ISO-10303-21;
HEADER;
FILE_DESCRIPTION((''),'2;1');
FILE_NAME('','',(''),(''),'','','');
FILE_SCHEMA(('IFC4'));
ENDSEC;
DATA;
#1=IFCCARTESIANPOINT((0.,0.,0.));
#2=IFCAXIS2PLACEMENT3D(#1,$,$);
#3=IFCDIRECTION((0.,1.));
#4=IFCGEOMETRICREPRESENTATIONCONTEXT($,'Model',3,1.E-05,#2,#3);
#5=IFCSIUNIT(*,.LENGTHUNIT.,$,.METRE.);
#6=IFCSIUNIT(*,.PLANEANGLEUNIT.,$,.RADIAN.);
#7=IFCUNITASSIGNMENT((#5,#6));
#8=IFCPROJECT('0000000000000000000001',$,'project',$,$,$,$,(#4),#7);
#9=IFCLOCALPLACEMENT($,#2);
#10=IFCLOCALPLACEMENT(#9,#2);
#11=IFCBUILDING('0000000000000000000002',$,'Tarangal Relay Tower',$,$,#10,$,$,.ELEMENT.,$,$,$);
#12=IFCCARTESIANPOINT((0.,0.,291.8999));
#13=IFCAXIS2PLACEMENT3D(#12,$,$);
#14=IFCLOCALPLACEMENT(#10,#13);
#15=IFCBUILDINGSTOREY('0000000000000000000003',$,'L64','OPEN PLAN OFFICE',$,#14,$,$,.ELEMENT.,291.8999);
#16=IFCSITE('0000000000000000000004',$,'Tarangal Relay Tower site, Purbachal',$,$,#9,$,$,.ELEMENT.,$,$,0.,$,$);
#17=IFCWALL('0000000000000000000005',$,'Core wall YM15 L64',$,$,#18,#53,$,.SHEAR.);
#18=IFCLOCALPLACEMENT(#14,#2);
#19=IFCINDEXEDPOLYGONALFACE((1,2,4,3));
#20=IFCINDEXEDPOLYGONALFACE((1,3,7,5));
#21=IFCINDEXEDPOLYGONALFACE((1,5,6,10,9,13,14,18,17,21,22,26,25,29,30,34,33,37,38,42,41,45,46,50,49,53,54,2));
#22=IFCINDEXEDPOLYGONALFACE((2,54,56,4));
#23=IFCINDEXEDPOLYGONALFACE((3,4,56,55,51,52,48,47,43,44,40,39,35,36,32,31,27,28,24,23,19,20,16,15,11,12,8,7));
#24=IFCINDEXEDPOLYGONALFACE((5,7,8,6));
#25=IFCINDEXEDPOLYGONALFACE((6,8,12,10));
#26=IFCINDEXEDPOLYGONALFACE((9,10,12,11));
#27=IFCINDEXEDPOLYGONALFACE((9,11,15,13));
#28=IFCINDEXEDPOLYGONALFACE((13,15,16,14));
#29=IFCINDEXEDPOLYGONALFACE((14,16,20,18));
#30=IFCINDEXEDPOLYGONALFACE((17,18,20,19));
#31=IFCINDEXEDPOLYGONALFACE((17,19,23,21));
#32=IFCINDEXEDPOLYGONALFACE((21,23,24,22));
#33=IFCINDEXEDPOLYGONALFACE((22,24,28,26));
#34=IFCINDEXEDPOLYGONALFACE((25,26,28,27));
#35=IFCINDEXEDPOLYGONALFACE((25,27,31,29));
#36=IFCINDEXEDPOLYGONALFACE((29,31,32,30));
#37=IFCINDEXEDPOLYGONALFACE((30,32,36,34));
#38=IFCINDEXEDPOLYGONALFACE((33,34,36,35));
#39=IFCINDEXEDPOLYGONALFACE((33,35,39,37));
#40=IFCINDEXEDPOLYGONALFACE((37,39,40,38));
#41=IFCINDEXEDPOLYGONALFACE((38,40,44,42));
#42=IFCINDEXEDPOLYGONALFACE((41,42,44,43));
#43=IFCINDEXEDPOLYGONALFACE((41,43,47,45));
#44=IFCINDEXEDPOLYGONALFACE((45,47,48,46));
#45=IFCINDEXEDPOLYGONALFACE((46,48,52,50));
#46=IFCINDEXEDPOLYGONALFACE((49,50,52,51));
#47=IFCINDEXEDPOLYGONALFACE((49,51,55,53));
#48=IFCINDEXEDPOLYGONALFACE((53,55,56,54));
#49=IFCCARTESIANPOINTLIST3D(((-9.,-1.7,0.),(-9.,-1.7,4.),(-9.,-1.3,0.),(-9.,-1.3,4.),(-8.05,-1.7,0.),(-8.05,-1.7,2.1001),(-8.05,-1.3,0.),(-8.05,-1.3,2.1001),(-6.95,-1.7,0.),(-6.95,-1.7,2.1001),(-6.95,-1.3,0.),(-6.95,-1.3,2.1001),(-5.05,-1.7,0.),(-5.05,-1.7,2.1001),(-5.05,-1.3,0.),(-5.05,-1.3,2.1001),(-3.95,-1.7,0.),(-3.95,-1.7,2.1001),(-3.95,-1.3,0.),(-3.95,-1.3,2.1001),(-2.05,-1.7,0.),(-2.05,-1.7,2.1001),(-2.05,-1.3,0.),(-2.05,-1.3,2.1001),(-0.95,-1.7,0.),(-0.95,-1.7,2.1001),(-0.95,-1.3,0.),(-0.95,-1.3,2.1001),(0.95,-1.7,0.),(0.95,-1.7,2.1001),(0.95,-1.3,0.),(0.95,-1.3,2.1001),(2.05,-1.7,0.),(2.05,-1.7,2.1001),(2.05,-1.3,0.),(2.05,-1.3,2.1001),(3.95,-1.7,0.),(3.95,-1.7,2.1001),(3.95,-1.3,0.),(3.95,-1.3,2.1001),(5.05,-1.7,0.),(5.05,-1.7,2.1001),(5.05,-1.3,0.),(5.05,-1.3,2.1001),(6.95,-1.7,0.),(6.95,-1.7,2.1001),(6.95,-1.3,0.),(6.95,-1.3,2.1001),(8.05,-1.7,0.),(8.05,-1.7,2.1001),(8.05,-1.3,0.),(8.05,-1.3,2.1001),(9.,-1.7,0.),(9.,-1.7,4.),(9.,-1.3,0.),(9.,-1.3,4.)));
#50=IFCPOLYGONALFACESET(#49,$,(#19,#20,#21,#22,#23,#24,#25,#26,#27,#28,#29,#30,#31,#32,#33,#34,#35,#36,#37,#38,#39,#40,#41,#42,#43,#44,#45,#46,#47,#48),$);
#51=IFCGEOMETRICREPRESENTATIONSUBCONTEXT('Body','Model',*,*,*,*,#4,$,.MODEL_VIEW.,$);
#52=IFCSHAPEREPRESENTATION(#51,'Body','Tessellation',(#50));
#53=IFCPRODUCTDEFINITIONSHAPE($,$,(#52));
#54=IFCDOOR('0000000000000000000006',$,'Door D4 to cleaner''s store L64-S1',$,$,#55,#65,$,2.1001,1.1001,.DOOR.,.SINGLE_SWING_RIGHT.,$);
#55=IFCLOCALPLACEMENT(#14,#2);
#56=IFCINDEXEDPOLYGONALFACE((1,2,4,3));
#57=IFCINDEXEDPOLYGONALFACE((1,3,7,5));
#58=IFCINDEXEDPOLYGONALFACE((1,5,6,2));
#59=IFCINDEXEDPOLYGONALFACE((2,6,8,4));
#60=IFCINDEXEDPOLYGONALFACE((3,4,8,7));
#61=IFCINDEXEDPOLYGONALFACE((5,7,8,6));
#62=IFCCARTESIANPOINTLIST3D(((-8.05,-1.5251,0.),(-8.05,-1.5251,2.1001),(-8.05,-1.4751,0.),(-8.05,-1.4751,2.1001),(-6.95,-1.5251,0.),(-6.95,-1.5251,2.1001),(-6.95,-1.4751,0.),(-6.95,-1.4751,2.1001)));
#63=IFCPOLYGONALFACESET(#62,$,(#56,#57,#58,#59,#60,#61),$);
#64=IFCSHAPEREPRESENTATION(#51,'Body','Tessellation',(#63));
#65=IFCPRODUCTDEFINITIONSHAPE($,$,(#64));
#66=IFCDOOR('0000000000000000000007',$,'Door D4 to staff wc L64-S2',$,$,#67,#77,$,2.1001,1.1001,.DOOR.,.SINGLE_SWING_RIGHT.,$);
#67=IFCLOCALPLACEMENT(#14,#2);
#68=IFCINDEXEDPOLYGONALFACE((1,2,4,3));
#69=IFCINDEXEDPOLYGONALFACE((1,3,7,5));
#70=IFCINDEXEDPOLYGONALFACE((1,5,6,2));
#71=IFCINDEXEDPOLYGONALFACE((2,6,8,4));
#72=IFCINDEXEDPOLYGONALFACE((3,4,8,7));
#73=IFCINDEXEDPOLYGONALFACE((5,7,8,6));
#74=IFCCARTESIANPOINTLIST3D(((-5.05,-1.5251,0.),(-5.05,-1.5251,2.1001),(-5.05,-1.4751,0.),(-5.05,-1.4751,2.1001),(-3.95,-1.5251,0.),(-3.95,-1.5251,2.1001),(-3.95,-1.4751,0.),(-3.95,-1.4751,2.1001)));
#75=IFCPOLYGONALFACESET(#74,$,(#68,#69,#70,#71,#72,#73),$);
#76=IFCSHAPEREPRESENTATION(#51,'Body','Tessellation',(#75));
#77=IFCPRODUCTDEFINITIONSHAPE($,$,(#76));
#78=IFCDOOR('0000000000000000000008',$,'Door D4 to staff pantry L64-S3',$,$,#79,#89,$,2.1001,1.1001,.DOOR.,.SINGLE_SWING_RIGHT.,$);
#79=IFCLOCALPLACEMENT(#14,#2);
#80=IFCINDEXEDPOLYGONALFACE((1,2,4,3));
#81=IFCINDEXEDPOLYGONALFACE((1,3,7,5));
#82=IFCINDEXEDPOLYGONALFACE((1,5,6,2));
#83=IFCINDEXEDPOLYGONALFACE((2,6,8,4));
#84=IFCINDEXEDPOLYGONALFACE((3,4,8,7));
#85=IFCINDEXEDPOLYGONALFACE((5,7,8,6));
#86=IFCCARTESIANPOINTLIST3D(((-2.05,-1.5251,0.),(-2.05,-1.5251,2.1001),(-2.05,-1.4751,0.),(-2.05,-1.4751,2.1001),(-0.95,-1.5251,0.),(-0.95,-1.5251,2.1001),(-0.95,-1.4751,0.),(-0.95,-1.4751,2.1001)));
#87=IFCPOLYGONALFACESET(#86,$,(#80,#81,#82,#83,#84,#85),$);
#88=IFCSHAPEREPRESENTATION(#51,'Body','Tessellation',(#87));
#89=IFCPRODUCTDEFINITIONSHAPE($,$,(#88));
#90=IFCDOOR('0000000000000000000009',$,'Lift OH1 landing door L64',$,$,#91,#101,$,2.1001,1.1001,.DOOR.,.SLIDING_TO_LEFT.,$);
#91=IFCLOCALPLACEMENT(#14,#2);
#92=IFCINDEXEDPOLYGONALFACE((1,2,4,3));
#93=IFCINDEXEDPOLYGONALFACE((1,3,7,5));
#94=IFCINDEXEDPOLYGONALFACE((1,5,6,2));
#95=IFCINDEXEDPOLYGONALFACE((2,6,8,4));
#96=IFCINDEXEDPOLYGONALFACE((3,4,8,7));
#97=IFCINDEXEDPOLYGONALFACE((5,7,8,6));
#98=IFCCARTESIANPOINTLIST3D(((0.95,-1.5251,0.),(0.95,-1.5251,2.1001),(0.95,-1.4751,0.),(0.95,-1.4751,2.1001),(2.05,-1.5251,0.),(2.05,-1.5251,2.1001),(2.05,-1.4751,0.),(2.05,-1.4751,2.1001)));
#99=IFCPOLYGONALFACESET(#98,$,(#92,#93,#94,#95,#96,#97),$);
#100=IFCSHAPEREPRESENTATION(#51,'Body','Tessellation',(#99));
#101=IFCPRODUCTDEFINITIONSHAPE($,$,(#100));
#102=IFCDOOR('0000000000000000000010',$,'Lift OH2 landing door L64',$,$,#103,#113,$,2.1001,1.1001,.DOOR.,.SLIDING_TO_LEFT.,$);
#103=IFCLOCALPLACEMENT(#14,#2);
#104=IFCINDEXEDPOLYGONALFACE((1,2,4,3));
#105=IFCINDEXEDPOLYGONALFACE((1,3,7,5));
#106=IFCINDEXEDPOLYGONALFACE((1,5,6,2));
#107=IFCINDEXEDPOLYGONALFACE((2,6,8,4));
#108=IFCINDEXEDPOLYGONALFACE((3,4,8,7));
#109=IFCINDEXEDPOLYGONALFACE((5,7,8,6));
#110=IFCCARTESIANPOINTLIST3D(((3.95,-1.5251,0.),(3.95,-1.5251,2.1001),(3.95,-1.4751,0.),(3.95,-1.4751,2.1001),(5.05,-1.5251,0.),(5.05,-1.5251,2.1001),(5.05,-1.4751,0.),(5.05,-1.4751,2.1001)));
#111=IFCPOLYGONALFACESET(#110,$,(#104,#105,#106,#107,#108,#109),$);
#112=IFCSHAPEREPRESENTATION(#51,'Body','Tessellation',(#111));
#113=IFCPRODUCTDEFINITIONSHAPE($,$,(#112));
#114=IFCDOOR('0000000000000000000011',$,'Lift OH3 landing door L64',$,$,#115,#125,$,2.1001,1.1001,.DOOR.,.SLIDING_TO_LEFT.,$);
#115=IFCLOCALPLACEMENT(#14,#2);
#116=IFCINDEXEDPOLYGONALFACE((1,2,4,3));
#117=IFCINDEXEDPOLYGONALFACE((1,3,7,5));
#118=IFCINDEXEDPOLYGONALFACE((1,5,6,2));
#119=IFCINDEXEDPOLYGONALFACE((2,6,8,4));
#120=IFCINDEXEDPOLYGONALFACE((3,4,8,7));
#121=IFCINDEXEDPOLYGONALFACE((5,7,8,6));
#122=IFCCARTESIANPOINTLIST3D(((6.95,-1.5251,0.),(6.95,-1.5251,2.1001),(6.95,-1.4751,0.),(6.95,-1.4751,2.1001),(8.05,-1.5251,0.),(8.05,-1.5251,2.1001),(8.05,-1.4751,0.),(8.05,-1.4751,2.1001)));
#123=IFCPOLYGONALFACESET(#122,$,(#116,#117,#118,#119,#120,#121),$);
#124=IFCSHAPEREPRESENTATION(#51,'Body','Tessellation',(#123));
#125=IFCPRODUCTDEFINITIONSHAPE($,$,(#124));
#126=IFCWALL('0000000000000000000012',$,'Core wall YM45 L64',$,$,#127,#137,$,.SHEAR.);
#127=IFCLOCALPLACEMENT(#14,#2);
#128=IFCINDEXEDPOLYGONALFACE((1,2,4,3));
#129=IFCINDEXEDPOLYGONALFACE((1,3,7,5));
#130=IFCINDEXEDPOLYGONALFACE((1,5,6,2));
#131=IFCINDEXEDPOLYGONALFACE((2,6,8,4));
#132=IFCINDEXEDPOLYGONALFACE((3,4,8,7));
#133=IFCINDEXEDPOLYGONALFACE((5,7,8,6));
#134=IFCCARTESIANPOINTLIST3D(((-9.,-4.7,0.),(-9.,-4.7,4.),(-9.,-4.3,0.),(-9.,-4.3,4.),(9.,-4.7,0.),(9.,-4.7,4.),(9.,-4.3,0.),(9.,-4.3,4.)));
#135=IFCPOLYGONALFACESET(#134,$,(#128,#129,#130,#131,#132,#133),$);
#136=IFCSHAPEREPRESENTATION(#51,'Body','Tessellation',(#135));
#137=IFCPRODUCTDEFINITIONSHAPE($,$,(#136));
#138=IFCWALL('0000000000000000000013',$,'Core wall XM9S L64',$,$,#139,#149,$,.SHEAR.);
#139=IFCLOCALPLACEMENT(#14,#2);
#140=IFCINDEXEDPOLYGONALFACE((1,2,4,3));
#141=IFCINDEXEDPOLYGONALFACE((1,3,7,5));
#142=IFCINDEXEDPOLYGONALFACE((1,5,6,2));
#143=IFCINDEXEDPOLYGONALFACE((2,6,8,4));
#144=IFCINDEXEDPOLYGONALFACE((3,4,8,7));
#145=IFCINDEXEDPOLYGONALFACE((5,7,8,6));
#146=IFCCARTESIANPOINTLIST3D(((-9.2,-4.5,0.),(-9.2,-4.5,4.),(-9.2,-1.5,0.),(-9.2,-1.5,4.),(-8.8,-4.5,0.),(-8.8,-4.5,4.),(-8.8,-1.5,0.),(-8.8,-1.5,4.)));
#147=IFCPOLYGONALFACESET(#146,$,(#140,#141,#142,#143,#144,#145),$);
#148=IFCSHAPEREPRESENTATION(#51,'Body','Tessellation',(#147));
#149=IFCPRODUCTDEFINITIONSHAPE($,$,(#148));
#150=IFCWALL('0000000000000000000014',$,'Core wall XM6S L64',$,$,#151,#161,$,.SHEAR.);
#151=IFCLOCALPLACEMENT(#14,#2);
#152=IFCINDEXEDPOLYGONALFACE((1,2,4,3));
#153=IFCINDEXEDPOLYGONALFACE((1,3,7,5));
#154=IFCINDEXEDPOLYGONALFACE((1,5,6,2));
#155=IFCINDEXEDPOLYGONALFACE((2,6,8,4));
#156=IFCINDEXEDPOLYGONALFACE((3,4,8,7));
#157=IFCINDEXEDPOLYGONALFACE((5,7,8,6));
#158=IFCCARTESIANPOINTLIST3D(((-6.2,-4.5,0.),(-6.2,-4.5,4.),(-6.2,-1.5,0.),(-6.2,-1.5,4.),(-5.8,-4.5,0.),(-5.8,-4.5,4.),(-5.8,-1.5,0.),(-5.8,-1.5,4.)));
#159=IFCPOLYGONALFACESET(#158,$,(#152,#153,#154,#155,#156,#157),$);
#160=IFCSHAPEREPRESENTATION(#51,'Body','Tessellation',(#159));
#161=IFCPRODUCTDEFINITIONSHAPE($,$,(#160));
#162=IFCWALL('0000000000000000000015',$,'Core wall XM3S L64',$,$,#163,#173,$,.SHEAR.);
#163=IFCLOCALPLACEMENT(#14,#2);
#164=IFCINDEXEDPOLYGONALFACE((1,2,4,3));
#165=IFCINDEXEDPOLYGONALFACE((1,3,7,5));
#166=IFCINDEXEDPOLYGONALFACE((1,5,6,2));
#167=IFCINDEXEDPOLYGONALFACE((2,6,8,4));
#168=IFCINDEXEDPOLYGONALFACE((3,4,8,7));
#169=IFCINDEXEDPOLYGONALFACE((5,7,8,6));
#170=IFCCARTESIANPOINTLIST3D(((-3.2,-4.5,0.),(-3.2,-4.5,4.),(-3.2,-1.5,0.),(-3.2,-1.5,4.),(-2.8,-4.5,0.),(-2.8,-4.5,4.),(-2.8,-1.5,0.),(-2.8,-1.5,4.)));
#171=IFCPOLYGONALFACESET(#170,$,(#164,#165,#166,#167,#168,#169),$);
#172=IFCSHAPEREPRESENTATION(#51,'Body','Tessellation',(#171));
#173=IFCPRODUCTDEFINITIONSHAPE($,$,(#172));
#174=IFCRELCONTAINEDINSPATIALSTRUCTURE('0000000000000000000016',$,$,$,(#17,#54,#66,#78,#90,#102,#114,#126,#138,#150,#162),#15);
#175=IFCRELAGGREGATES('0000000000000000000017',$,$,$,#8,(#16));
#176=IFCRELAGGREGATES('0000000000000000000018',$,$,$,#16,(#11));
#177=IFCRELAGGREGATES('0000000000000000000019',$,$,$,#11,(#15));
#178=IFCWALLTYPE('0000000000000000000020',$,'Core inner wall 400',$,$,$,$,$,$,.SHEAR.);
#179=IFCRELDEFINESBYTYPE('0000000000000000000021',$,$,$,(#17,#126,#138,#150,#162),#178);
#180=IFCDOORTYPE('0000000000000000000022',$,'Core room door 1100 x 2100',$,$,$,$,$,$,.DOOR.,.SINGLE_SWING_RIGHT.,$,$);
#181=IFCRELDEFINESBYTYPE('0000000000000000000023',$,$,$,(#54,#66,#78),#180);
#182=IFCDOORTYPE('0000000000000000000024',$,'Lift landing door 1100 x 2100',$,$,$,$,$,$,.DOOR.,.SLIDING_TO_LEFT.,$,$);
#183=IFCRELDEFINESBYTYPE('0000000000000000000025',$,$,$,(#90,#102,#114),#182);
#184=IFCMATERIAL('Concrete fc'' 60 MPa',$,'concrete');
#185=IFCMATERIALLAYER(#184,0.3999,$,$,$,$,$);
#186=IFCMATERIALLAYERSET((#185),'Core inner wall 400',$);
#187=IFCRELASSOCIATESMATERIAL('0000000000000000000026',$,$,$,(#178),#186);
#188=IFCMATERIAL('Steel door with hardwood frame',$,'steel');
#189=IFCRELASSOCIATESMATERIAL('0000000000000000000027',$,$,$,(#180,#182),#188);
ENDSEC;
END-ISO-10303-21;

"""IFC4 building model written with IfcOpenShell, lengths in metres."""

from ifc_helpers import new_model, si_unit, direction, frame, frame_2d, origin, place, context, subcontext, project, spatial, rectangle, extrude, material, layer, layer_set, type_object, element, fill, save


model = new_model("IFC4")

# Units and contexts
model_context = context("Model", 3, precision=1e-05, world=origin(), true_north=direction((0.0, 1.0)))
body_context = subcontext(model_context, "Body", "Model", "MODEL_VIEW")
ifc_project = project(units=[si_unit("LENGTHUNIT", "METRE"), si_unit("PLANEANGLEUNIT", "RADIAN")], contexts=[model_context])

# Site, building, storey
site_placement = place(None, origin())
site = spatial("IfcSite", under=ifc_project, at=site_placement, Name="Tarangal Relay Tower site, Purbachal", CompositionType="ELEMENT", RefElevation=0.0)
building_placement = place(site_placement, origin())
building = spatial("IfcBuilding", under=site, at=building_placement, Name="Tarangal Relay Tower", CompositionType="ELEMENT")
storey_placement = place(building_placement, frame((0.0, 0.0, 291.8999)))
storey = spatial("IfcBuildingStorey", under=building, at=storey_placement, Name="L64", Description="OPEN PLAN OFFICE", CompositionType="ELEMENT", Elevation=291.8999)

# Wall, openings, doors
ifc_material_1 = material(Name="Concrete fc' 60 MPa", Category="concrete")
ifc_layer_1 = layer(ifc_material_1, 0.3999)
ifc_layer_set_1 = layer_set([ifc_layer_1], Name="Core inner wall 400")
wall_type_1 = type_object("IfcWallType", Name="Core inner wall 400", PredefinedType="SHEAR", material=ifc_layer_set_1)
wall_1_placement = place(storey_placement, frame((-9.0, -1.5, 0.0), z_axis=(0.0, 0.0, 1.0), x_axis=(1.0, 0.0, 0.0)))
wall_1 = element("IfcWall", 1, at=wall_1_placement, inside=storey, type_object=wall_type_1, Name="Core wall YM15 L64", PredefinedType="SHEAR", context=body_context, shape_type="SweptSolid", body=[
    extrude(rectangle(XDim=18.0, YDim=0.3999, at=frame_2d((9.0, 0.0))), origin(), (0.0, 0.0, 1.0), 4.0),
])
opening_1_placement = place(wall_1_placement, frame((9.95, 0.0, 0.0)))
opening_1 = element("IfcOpeningElement", 2, at=opening_1_placement, cuts=wall_1, PredefinedType="OPENING", context=body_context, shape_type="SweptSolid", body=[
    extrude(rectangle(XDim=1.1001, YDim=2.1001, at=frame_2d((0.55, 1.05))), frame((0.0, 0.21, 0.0), z_axis=(0.0, -1.0, 0.0), x_axis=(1.0, 0.0, 0.0)), (0.0, 0.0, 1.0), 0.4199),
])
opening_2_placement = place(wall_1_placement, frame((12.95, 0.0, 0.0)))
opening_2 = element("IfcOpeningElement", 3, at=opening_2_placement, cuts=wall_1, PredefinedType="OPENING", context=body_context, shape_type="SweptSolid", body=[
    extrude(rectangle(XDim=1.1001, YDim=2.1001, at=frame_2d((0.55, 1.05))), frame((0.0, 0.21, 0.0), z_axis=(0.0, -1.0, 0.0), x_axis=(1.0, 0.0, 0.0)), (0.0, 0.0, 1.0), 0.4199),
])
opening_3_placement = place(wall_1_placement, frame((15.95, 0.0, 0.0)))
opening_3 = element("IfcOpeningElement", 4, at=opening_3_placement, cuts=wall_1, PredefinedType="OPENING", context=body_context, shape_type="SweptSolid", body=[
    extrude(rectangle(XDim=1.1001, YDim=2.1001, at=frame_2d((0.55, 1.05))), frame((0.0, 0.21, 0.0), z_axis=(0.0, -1.0, 0.0), x_axis=(1.0, 0.0, 0.0)), (0.0, 0.0, 1.0), 0.4199),
])
opening_4_placement = place(wall_1_placement, frame((0.95, 0.0, 0.0)))
opening_4 = element("IfcOpeningElement", 5, at=opening_4_placement, cuts=wall_1, PredefinedType="OPENING", context=body_context, shape_type="SweptSolid", body=[
    extrude(rectangle(XDim=1.1001, YDim=2.1001, at=frame_2d((0.55, 1.05))), frame((0.0, 0.21, 0.0), z_axis=(0.0, -1.0, 0.0), x_axis=(1.0, 0.0, 0.0)), (0.0, 0.0, 1.0), 0.4199),
])
opening_5_placement = place(wall_1_placement, frame((3.95, 0.0, 0.0)))
opening_5 = element("IfcOpeningElement", 6, at=opening_5_placement, cuts=wall_1, PredefinedType="OPENING", context=body_context, shape_type="SweptSolid", body=[
    extrude(rectangle(XDim=1.1001, YDim=2.1001, at=frame_2d((0.55, 1.05))), frame((0.0, 0.21, 0.0), z_axis=(0.0, -1.0, 0.0), x_axis=(1.0, 0.0, 0.0)), (0.0, 0.0, 1.0), 0.4199),
])
opening_6_placement = place(wall_1_placement, frame((6.95, 0.0, 0.0)))
opening_6 = element("IfcOpeningElement", 7, at=opening_6_placement, cuts=wall_1, PredefinedType="OPENING", context=body_context, shape_type="SweptSolid", body=[
    extrude(rectangle(XDim=1.1001, YDim=2.1001, at=frame_2d((0.55, 1.05))), frame((0.0, 0.21, 0.0), z_axis=(0.0, -1.0, 0.0), x_axis=(1.0, 0.0, 0.0)), (0.0, 0.0, 1.0), 0.4199),
])
ifc_material_2 = material(Name="Steel door with hardwood frame", Category="steel")
door_type_1 = type_object("IfcDoorType", Name="Core room door 1100 x 2100", OperationType="SINGLE_SWING_RIGHT", PredefinedType="DOOR", material=ifc_material_2)
door_1_placement = place(opening_4_placement, origin())
door_1 = element("IfcDoor", 8, at=door_1_placement, inside=storey, type_object=door_type_1, Name="Door D4 to cleaner's store L64-S1", OperationType="SINGLE_SWING_RIGHT", OverallHeight=2.1001, OverallWidth=1.1001, PredefinedType="DOOR", context=body_context, shape_type="SweptSolid", body=[
    extrude(rectangle(XDim=1.1001, YDim=2.1001, at=frame_2d((0.55, 1.05))), frame((0.0, 0.0249, 0.0), z_axis=(0.0, -1.0, 0.0), x_axis=(1.0, 0.0, 0.0)), (0.0, 0.0, 1.0), 0.05),
])
fill(opening_4, door_1)
door_2_placement = place(opening_5_placement, origin())
door_2 = element("IfcDoor", 9, at=door_2_placement, inside=storey, type_object=door_type_1, Name="Door D4 to staff wc L64-S2", OperationType="SINGLE_SWING_RIGHT", OverallHeight=2.1001, OverallWidth=1.1001, PredefinedType="DOOR", context=body_context, shape_type="SweptSolid", body=[
    extrude(rectangle(XDim=1.1001, YDim=2.1001, at=frame_2d((0.55, 1.05))), frame((0.0, 0.0249, 0.0), z_axis=(0.0, -1.0, 0.0), x_axis=(1.0, 0.0, 0.0)), (0.0, 0.0, 1.0), 0.05),
])
fill(opening_5, door_2)
door_3_placement = place(opening_6_placement, origin())
door_3 = element("IfcDoor", 10, at=door_3_placement, inside=storey, type_object=door_type_1, Name="Door D4 to staff pantry L64-S3", OperationType="SINGLE_SWING_RIGHT", OverallHeight=2.1001, OverallWidth=1.1001, PredefinedType="DOOR", context=body_context, shape_type="SweptSolid", body=[
    extrude(rectangle(XDim=1.1001, YDim=2.1001, at=frame_2d((0.55, 1.05))), frame((0.0, 0.0249, 0.0), z_axis=(0.0, -1.0, 0.0), x_axis=(1.0, 0.0, 0.0)), (0.0, 0.0, 1.0), 0.05),
])
fill(opening_6, door_3)
door_type_2 = type_object("IfcDoorType", Name="Lift landing door 1100 x 2100", OperationType="SLIDING_TO_LEFT", PredefinedType="DOOR", material=ifc_material_2)
door_4_placement = place(opening_1_placement, origin())
door_4 = element("IfcDoor", 11, at=door_4_placement, inside=storey, type_object=door_type_2, Name="Lift OH1 landing door L64", OperationType="SLIDING_TO_LEFT", OverallHeight=2.1001, OverallWidth=1.1001, PredefinedType="DOOR", context=body_context, shape_type="SweptSolid", body=[
    extrude(rectangle(XDim=1.1001, YDim=2.1001, at=frame_2d((0.55, 1.05))), frame((0.0, 0.0249, 0.0), z_axis=(0.0, -1.0, 0.0), x_axis=(1.0, 0.0, 0.0)), (0.0, 0.0, 1.0), 0.05),
])
fill(opening_1, door_4)
door_5_placement = place(opening_2_placement, origin())
door_5 = element("IfcDoor", 12, at=door_5_placement, inside=storey, type_object=door_type_2, Name="Lift OH2 landing door L64", OperationType="SLIDING_TO_LEFT", OverallHeight=2.1001, OverallWidth=1.1001, PredefinedType="DOOR", context=body_context, shape_type="SweptSolid", body=[
    extrude(rectangle(XDim=1.1001, YDim=2.1001, at=frame_2d((0.55, 1.05))), frame((0.0, 0.0249, 0.0), z_axis=(0.0, -1.0, 0.0), x_axis=(1.0, 0.0, 0.0)), (0.0, 0.0, 1.0), 0.05),
])
fill(opening_2, door_5)
door_6_placement = place(opening_3_placement, origin())
door_6 = element("IfcDoor", 13, at=door_6_placement, inside=storey, type_object=door_type_2, Name="Lift OH3 landing door L64", OperationType="SLIDING_TO_LEFT", OverallHeight=2.1001, OverallWidth=1.1001, PredefinedType="DOOR", context=body_context, shape_type="SweptSolid", body=[
    extrude(rectangle(XDim=1.1001, YDim=2.1001, at=frame_2d((0.55, 1.05))), frame((0.0, 0.0249, 0.0), z_axis=(0.0, -1.0, 0.0), x_axis=(1.0, 0.0, 0.0)), (0.0, 0.0, 1.0), 0.05),
])
fill(opening_3, door_6)

# Walls
wall_2_placement = place(storey_placement, frame((-9.0, -4.5, 0.0), z_axis=(0.0, 0.0, 1.0), x_axis=(1.0, 0.0, 0.0)))
element("IfcWall", 14, at=wall_2_placement, inside=storey, type_object=wall_type_1, Name="Core wall YM45 L64", PredefinedType="SHEAR", context=body_context, shape_type="SweptSolid", body=[
    extrude(rectangle(XDim=18.0, YDim=0.3999, at=frame_2d((9.0, 0.0))), origin(), (0.0, 0.0, 1.0), 4.0),
])
for number, where, z_axis, x_axis, name in (
    (15, (-9.0, -4.5, 0.0), (0.0, 0.0, 1.0), (0.0, 1.0, 0.0), "Core wall XM9S L64"),
    (16, (-6.0, -4.5, 0.0), (0.0, 0.0, 1.0), (0.0, 1.0, 0.0), "Core wall XM6S L64"),
    (17, (-3.0, -4.5, 0.0), (0.0, 0.0, 1.0), (0.0, 1.0, 0.0), "Core wall XM3S L64"),
):
    element("IfcWall", number, at=place(storey_placement, frame(where, z_axis=z_axis, x_axis=x_axis)), inside=storey, type_object=wall_type_1, Name=name, PredefinedType="SHEAR", context=body_context, shape_type="SweptSolid", body=[
        extrude(rectangle(XDim=3.0, YDim=0.3999, at=frame_2d((1.5, 0.0))), origin(), (0.0, 0.0, 1.0), 4.0),
    ])

save(model, "model.ifc")
